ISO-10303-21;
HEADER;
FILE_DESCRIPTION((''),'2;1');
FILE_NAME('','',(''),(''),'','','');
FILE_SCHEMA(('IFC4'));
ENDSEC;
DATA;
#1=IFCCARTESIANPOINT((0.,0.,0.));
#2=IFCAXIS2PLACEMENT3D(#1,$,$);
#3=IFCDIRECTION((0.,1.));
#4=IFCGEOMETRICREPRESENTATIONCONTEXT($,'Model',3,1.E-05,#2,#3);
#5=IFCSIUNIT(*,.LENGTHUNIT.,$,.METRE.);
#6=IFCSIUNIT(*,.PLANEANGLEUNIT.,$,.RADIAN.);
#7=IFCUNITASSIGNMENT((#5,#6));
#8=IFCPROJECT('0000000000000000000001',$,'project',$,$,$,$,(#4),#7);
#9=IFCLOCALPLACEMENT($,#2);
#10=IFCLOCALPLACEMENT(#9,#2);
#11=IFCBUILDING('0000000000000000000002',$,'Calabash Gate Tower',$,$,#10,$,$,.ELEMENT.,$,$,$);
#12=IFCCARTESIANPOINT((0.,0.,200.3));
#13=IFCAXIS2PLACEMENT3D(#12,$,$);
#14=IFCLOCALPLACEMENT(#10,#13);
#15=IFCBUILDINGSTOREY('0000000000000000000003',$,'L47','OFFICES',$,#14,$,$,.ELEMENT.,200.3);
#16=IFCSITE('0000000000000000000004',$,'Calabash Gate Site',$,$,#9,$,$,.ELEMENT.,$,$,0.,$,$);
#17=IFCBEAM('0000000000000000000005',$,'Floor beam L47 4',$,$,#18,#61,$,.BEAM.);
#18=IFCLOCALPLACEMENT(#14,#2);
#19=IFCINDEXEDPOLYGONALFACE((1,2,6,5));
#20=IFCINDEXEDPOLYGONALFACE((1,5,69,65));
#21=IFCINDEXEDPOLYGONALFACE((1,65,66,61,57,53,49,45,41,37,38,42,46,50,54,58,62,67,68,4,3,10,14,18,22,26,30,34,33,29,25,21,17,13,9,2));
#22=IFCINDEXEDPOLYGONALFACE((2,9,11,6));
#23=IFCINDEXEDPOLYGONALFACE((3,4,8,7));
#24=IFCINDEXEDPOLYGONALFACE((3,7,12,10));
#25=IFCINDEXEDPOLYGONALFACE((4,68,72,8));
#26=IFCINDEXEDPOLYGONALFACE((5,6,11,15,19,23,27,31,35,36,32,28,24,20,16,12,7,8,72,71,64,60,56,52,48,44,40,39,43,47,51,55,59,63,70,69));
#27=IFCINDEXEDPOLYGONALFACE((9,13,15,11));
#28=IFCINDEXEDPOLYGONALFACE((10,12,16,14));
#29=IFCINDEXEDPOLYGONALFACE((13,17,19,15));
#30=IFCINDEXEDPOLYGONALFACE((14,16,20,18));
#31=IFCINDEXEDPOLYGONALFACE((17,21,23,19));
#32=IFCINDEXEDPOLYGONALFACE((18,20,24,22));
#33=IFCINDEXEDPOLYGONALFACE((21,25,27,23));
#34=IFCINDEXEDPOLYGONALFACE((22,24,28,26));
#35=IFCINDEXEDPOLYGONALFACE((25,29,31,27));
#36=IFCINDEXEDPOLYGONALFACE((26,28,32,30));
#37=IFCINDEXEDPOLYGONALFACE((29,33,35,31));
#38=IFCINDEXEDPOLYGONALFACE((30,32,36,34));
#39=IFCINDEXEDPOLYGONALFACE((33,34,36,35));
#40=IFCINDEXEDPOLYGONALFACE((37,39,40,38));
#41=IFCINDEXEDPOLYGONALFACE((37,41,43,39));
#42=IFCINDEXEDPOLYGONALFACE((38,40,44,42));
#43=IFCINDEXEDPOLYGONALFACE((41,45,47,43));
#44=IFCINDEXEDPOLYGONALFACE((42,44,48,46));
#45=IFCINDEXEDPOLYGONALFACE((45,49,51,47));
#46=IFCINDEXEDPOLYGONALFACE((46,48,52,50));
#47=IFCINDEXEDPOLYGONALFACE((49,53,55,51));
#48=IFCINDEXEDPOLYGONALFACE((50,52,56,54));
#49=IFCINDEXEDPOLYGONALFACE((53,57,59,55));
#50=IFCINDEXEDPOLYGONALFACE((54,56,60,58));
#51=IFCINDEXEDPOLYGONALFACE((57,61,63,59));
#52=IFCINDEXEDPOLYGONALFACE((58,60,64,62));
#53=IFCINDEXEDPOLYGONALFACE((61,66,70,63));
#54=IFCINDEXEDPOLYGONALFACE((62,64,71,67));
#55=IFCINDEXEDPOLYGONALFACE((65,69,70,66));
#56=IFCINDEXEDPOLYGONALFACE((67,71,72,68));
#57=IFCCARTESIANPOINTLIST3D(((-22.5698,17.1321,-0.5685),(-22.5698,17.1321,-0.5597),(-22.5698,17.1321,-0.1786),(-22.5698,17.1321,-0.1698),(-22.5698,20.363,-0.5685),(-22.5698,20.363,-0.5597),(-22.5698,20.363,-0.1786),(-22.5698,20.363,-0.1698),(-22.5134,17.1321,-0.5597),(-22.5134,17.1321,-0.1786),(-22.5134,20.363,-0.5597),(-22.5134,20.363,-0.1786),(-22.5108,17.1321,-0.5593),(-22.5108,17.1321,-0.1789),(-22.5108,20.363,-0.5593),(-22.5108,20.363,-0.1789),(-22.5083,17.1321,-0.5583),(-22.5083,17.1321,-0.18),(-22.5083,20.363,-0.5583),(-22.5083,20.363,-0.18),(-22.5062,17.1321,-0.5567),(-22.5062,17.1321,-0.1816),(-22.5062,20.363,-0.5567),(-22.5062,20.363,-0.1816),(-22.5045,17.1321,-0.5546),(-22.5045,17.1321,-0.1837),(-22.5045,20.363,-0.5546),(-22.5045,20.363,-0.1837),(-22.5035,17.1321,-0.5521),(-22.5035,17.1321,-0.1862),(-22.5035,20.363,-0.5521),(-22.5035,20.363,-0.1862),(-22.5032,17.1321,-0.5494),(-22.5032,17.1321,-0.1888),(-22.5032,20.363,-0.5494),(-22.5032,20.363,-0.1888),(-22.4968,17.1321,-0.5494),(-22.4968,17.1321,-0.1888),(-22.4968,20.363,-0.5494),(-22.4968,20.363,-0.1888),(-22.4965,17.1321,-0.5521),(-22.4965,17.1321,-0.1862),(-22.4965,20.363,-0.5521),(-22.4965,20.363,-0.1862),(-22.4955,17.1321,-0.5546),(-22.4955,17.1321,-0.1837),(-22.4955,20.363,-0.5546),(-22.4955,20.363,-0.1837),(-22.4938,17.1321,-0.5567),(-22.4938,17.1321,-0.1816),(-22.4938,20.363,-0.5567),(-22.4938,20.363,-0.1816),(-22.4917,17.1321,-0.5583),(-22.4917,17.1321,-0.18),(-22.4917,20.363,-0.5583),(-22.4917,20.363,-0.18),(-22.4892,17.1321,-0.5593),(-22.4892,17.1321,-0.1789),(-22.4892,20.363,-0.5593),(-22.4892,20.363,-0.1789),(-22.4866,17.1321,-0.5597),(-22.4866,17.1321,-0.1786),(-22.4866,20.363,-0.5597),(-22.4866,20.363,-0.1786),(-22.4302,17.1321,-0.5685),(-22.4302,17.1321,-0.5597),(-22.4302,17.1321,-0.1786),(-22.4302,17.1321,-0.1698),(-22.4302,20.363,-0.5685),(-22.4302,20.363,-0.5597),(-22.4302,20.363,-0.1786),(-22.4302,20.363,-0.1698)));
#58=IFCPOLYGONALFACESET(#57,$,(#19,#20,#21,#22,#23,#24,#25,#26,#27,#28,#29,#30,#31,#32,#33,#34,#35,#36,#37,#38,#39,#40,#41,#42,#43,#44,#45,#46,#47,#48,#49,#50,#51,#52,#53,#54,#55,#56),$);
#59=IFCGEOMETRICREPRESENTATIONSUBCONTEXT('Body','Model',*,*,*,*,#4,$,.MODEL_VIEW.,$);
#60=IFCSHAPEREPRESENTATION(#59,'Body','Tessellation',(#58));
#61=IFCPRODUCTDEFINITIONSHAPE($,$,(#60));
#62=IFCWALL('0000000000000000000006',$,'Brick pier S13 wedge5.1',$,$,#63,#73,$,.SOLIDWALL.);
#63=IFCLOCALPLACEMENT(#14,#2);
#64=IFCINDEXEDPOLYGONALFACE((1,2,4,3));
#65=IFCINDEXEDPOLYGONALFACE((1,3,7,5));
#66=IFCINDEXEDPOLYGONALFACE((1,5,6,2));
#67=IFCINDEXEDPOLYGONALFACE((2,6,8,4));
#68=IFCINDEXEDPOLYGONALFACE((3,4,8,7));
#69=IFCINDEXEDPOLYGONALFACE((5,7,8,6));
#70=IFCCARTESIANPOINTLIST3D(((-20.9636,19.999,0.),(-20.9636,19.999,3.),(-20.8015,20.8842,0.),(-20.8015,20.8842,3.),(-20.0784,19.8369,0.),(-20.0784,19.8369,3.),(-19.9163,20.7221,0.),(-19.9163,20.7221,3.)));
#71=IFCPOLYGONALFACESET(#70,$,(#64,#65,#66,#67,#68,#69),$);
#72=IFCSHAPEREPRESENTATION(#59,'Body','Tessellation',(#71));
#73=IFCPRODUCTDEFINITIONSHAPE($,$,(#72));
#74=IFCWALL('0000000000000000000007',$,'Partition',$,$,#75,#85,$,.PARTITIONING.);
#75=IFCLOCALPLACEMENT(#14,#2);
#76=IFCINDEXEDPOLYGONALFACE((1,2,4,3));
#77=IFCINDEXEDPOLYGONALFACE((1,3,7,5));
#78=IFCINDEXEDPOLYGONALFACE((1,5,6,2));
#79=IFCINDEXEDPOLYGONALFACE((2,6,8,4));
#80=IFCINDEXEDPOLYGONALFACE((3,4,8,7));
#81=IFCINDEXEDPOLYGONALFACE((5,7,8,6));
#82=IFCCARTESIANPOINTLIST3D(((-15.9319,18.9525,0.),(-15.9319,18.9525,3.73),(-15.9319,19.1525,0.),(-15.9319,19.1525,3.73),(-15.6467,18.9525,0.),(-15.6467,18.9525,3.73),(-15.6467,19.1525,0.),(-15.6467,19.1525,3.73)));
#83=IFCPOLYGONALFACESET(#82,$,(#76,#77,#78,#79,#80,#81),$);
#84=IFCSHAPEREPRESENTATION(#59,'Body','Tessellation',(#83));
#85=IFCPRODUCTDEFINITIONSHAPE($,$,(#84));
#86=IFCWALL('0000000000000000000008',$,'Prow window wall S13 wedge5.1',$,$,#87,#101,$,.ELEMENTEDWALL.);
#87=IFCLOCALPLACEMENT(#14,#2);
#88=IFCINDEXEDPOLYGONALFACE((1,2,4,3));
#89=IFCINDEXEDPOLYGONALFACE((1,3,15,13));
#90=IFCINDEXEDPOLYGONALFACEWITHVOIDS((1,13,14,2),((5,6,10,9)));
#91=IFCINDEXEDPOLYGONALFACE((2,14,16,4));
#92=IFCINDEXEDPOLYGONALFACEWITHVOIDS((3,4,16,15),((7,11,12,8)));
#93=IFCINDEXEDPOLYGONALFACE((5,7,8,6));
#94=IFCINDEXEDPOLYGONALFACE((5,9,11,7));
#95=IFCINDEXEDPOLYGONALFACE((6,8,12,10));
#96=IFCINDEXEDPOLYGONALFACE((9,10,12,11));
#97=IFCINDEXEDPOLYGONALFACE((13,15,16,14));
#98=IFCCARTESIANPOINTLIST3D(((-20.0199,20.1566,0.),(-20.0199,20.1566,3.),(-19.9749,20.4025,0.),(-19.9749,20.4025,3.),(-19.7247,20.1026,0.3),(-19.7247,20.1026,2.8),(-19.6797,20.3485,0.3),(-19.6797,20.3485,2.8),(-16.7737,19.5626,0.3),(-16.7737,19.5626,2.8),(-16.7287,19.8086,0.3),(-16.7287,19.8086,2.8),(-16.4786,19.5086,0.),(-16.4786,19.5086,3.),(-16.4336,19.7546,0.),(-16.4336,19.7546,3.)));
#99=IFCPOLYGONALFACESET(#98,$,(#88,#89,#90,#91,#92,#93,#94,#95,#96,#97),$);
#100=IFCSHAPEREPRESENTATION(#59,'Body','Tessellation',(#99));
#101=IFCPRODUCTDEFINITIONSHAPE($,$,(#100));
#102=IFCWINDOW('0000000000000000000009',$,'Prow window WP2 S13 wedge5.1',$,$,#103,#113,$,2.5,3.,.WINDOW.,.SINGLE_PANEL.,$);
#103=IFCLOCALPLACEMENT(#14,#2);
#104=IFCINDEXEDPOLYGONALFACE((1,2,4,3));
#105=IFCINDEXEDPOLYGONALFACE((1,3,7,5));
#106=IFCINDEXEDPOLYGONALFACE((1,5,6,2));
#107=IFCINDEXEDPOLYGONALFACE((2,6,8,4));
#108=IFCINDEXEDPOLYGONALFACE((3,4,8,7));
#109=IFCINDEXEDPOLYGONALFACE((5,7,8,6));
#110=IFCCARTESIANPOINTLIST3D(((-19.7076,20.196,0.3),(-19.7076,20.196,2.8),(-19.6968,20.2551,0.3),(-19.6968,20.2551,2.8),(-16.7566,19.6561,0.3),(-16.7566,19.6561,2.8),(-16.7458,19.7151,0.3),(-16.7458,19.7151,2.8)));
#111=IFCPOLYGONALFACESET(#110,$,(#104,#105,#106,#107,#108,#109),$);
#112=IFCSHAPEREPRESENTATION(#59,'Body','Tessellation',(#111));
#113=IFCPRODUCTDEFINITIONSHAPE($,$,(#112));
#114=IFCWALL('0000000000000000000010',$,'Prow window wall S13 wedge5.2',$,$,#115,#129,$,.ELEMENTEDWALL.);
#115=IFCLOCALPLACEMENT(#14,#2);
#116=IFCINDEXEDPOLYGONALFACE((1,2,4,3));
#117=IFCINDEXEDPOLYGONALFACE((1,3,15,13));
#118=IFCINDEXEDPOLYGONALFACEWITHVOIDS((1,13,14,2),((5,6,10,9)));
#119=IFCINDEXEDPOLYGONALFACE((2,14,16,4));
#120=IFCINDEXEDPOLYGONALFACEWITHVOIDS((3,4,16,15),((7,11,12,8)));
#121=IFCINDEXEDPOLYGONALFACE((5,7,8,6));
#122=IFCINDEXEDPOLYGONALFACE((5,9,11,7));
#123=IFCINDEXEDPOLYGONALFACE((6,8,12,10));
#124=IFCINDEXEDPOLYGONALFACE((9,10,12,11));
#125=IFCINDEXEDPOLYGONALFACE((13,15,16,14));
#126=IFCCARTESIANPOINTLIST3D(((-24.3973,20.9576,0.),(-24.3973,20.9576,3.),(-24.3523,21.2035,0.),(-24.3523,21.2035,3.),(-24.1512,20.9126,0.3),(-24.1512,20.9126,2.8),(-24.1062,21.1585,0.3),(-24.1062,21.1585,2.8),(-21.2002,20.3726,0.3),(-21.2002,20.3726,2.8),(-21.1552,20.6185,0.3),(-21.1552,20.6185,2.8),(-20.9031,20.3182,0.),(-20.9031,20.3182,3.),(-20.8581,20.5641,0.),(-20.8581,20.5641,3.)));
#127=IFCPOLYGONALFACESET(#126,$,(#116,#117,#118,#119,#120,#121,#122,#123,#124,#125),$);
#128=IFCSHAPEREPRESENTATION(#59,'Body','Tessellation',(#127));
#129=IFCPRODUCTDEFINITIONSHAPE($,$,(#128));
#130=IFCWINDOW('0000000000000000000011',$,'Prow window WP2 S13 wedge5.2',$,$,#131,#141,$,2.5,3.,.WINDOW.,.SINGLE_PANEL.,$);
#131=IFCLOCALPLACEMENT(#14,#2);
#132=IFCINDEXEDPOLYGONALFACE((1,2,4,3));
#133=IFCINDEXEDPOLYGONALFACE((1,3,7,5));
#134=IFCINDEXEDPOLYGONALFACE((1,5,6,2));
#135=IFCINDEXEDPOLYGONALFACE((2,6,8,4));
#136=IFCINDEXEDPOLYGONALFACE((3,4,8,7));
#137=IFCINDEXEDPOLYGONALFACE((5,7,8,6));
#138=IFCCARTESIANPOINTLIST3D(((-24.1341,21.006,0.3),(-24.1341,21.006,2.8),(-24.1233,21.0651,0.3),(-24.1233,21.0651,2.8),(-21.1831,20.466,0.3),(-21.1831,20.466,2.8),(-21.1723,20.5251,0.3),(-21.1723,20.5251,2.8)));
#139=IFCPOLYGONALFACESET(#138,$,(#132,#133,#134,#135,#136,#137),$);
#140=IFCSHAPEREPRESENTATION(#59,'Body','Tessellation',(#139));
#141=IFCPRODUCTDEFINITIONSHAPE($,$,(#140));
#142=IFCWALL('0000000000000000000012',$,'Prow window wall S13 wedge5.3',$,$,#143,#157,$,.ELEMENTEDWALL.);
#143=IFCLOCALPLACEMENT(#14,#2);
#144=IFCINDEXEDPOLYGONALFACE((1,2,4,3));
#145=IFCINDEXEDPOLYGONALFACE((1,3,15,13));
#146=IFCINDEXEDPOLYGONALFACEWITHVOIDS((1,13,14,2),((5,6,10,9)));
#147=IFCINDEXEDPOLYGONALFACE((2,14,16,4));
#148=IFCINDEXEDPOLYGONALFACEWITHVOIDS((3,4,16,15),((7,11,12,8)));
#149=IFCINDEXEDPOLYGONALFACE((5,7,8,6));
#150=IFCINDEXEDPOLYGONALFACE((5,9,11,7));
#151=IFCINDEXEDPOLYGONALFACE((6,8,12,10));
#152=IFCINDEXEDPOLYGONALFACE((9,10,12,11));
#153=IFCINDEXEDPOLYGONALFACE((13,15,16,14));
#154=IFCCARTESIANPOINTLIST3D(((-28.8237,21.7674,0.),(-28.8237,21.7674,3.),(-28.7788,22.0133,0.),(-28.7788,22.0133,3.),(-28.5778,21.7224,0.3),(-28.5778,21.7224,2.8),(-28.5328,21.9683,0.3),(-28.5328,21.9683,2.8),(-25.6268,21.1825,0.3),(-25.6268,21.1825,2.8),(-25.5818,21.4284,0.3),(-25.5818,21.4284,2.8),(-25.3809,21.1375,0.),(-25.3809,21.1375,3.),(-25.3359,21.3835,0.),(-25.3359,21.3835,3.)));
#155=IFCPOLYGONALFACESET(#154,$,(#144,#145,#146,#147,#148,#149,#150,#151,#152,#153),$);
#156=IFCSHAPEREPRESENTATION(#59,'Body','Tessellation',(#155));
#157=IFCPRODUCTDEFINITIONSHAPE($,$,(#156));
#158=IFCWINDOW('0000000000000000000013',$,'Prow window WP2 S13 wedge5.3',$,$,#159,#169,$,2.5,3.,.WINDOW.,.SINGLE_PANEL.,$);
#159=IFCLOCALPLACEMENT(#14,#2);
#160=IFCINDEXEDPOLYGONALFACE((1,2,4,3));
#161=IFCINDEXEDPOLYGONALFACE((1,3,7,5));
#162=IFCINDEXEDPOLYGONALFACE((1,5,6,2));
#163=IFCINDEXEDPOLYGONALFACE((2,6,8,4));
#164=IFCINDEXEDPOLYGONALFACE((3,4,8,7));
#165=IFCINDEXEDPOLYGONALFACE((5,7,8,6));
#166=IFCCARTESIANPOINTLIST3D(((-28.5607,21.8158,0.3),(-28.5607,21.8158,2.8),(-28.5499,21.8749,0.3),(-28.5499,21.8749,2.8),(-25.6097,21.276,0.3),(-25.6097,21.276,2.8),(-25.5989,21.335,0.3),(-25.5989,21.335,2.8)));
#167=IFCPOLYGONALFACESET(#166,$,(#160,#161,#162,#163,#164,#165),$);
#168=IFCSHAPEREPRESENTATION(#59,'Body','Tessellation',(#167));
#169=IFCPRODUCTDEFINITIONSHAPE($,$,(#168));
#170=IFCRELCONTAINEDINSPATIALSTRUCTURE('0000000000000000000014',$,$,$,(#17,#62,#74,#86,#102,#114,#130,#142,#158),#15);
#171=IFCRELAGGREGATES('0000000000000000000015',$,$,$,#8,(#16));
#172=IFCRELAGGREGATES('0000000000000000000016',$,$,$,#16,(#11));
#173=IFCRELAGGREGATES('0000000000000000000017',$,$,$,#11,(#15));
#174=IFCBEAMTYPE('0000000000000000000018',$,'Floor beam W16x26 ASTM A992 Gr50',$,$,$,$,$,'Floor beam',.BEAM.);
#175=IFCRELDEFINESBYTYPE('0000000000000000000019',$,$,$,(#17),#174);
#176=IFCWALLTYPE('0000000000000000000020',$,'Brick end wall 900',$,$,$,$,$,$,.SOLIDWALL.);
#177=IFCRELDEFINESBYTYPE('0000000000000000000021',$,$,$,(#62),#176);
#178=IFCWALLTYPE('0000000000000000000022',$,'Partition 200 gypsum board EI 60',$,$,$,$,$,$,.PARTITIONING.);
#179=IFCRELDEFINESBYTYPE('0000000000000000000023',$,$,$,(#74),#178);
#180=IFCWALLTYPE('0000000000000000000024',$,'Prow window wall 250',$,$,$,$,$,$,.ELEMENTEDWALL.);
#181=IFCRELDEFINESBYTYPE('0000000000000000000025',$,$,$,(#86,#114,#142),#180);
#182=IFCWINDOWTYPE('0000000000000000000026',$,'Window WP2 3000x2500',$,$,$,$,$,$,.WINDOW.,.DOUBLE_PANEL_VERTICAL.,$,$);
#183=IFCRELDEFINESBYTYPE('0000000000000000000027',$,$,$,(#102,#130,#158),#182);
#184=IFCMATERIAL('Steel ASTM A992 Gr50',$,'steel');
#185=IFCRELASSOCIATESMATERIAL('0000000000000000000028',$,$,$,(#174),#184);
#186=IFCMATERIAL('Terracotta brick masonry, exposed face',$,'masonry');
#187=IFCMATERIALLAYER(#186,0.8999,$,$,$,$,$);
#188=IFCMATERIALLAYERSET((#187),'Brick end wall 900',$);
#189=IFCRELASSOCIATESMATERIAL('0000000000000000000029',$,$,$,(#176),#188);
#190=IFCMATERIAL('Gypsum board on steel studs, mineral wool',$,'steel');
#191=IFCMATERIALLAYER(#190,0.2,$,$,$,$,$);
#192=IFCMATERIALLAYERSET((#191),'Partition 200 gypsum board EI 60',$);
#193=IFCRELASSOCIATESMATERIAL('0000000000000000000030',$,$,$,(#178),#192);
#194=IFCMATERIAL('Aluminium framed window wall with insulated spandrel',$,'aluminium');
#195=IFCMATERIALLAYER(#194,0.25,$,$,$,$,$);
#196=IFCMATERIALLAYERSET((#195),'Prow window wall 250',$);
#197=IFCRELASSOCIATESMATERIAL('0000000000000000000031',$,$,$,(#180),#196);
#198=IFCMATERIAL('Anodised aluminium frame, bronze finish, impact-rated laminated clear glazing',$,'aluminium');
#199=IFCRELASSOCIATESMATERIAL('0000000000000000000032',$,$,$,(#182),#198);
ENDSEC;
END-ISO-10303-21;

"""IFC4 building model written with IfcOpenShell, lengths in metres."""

from ifc_helpers import new_model, si_unit, direction, frame, frame_2d, origin, origin_2d, place, context, subcontext, project, spatial, rectangle, i_section, extrude, material, layer, layer_set, material_profile, profile_set, type_object, element, fill, save


model = new_model("IFC4")

# Units and contexts
model_context = context("Model", 3, precision=1e-05, world=origin(), true_north=direction((0.0, 1.0)))
body_context = subcontext(model_context, "Body", "Model", "MODEL_VIEW")
ifc_project = project(units=[si_unit("LENGTHUNIT", "METRE"), si_unit("PLANEANGLEUNIT", "RADIAN")], contexts=[model_context])

# Site, building, storey
site_placement = place(None, origin())
site = spatial("IfcSite", under=ifc_project, at=site_placement, Name="Calabash Gate Site", CompositionType="ELEMENT", RefElevation=0.0)
building_placement = place(site_placement, origin())
building = spatial("IfcBuilding", under=site, at=building_placement, Name="Calabash Gate Tower", CompositionType="ELEMENT")
storey_placement = place(building_placement, frame((0.0, 0.0, 200.3)))
storey = spatial("IfcBuildingStorey", under=building, at=storey_placement, Name="L47", Description="OFFICES", CompositionType="ELEMENT", Elevation=200.3)

# Beam
ifc_material_1 = material(Name="Steel ASTM A992 Gr50", Category="steel")
ifc_material_profile_1 = material_profile(ifc_material_1, i_section(OverallWidth=0.1396, OverallDepth=0.3987, WebThickness=0.0063, FlangeThickness=0.0088, FilletRadius=0.0103, at=origin_2d()))
ifc_profile_set_1 = profile_set([ifc_material_profile_1], Name="Steel ASTM A992 Gr50")
beam_type_1 = type_object("IfcBeamType", Name="Floor beam W16x26 ASTM A992 Gr50", ElementType="Floor beam", PredefinedType="BEAM", material=ifc_profile_set_1)
beam_1_placement = place(storey_placement, frame((-22.5, 17.1321, -0.3691), z_axis=(0.0, 1.0, 0.0), x_axis=(-1.0, 0.0, 0.0)))
element("IfcBeam", 1, at=beam_1_placement, inside=storey, type_object=beam_type_1, Name="Floor beam L47 4", PredefinedType="BEAM", context=body_context, shape_type="SweptSolid", body=[
    extrude(i_section(OverallWidth=0.1396, OverallDepth=0.3987, WebThickness=0.0063, FlangeThickness=0.0088, FilletRadius=0.0103, at=origin_2d()), origin(), (0.0, 0.0, 1.0), 3.231),
])

# Walls
ifc_material_2 = material(Name="Terracotta brick masonry, exposed face", Category="masonry")
ifc_layer_1 = layer(ifc_material_2, 0.8999)
ifc_layer_set_1 = layer_set([ifc_layer_1], Name="Brick end wall 900")
wall_type_1 = type_object("IfcWallType", Name="Brick end wall 900", PredefinedType="SOLIDWALL", material=ifc_layer_set_1)
wall_1_placement = place(storey_placement, frame((-20.521, 19.918, 0.0), z_axis=(0.0, 0.0, 1.0), x_axis=(0.180127, 0.983643, 0.0)))
element("IfcWall", 2, at=wall_1_placement, inside=storey, type_object=wall_type_1, Name="Brick pier S13 wedge5.1", PredefinedType="SOLIDWALL", context=body_context, shape_type="SweptSolid", body=[
    extrude(rectangle(XDim=0.8999, YDim=0.8999, at=frame_2d((0.45, 0.0))), origin(), (0.0, 0.0, 1.0), 3.0),
])
ifc_material_3 = material(Name="Gypsum board on steel studs, mineral wool", Category="steel")
ifc_layer_2 = layer(ifc_material_3, 0.2)
ifc_layer_set_2 = layer_set([ifc_layer_2], Name="Partition 200 gypsum board EI 60")
wall_type_2 = type_object("IfcWallType", Name="Partition 200 gypsum board EI 60", PredefinedType="PARTITIONING", material=ifc_layer_set_2)
wall_2_placement = place(storey_placement, frame((-15.9319, 19.0525, 0.0), z_axis=(0.0, 0.0, 1.0), x_axis=(1.0, 0.0, 0.0)))
element("IfcWall", 3, at=wall_2_placement, inside=storey, type_object=wall_type_2, Name="Partition", PredefinedType="PARTITIONING", context=body_context, shape_type="SweptSolid", body=[
    extrude(rectangle(XDim=0.2852, YDim=0.2, at=frame_2d((0.1426, 0.0))), origin(), (0.0, 0.0, 1.0), 3.73),
])

# Walls, openings, windows
ifc_material_4 = material(Name="Aluminium framed window wall with insulated spandrel", Category="aluminium")
ifc_layer_3 = layer(ifc_material_4, 0.25)
ifc_layer_set_3 = layer_set([ifc_layer_3], Name="Prow window wall 250")
wall_type_3 = type_object("IfcWallType", Name="Prow window wall 250", PredefinedType="ELEMENTEDWALL", material=ifc_layer_set_3)
wall_3_placement = place(storey_placement, frame((-16.4561, 19.6316, 0.0), z_axis=(0.0, 0.0, 1.0), x_axis=(-0.98367, 0.179983, 0.0)))
wall_3 = element("IfcWall", 4, at=wall_3_placement, inside=storey, type_object=wall_type_3, Name="Prow window wall S13 wedge5.1", PredefinedType="ELEMENTEDWALL", context=body_context, shape_type="SweptSolid", body=[
    extrude(rectangle(XDim=3.6001, YDim=0.25, at=frame_2d((1.8, 0.0))), origin(), (0.0, 0.0, 1.0), 3.0),
])
opening_1_placement = place(wall_3_placement, frame((0.3, 0.0, 0.3)))
opening_1 = element("IfcOpeningElement", 5, at=opening_1_placement, cuts=wall_3, PredefinedType="OPENING", context=body_context, shape_type="SweptSolid", body=[
    extrude(rectangle(XDim=3.0, YDim=2.5, at=frame_2d((1.5, 1.25))), frame((0.0, 0.135, 0.0), z_axis=(0.0, -1.0, 0.0), x_axis=(1.0, 0.0, 0.0)), (0.0, 0.0, 1.0), 0.27),
])
ifc_material_5 = material(Name="Anodised aluminium frame, bronze finish, impact-rated laminated clear glazing", Category="aluminium")
window_type = type_object("IfcWindowType", Name="Window WP2 3000x2500", PartitioningType="DOUBLE_PANEL_VERTICAL", PredefinedType="WINDOW", material=ifc_material_5)
window_1_placement = place(opening_1_placement, origin())
window_1 = element("IfcWindow", 6, at=window_1_placement, inside=storey, type_object=window_type, Name="Prow window WP2 S13 wedge5.1", OverallHeight=2.5, OverallWidth=3.0, PartitioningType="SINGLE_PANEL", PredefinedType="WINDOW", context=body_context, shape_type="SweptSolid", body=[
    extrude(rectangle(XDim=3.0, YDim=2.5, at=frame_2d((1.5, 1.25))), frame((0.0, 0.03, 0.0), z_axis=(0.0, -1.0, 0.0), x_axis=(1.0, 0.0, 0.0)), (0.0, 0.0, 1.0), 0.0601),
])
fill(opening_1, window_1)
wall_4_placement = place(storey_placement, frame((-20.8806, 20.4412, 0.0), z_axis=(0.0, 0.0, 1.0), x_axis=(-0.983666, 0.180004, 0.0)))
wall_4 = element("IfcWall", 7, at=wall_4_placement, inside=storey, type_object=wall_type_3, Name="Prow window wall S13 wedge5.2", PredefinedType="ELEMENTEDWALL", context=body_context, shape_type="SweptSolid", body=[
    extrude(rectangle(XDim=3.5522, YDim=0.25, at=frame_2d((1.7761, 0.0))), origin(), (0.0, 0.0, 1.0), 3.0),
])
opening_2_placement = place(wall_4_placement, frame((0.302, 0.0, 0.3)))
opening_2 = element("IfcOpeningElement", 8, at=opening_2_placement, cuts=wall_4, PredefinedType="OPENING", context=body_context, shape_type="SweptSolid", body=[
    extrude(rectangle(XDim=3.0, YDim=2.5, at=frame_2d((1.5, 1.25))), frame((0.0, 0.135, 0.0), z_axis=(0.0, -1.0, 0.0), x_axis=(1.0, 0.0, 0.0)), (0.0, 0.0, 1.0), 0.27),
])
window_2_placement = place(opening_2_placement, origin())
window_2 = element("IfcWindow", 9, at=window_2_placement, inside=storey, type_object=window_type, Name="Prow window WP2 S13 wedge5.2", OverallHeight=2.5, OverallWidth=3.0, PartitioningType="SINGLE_PANEL", PredefinedType="WINDOW", context=body_context, shape_type="SweptSolid", body=[
    extrude(rectangle(XDim=3.0, YDim=2.5, at=frame_2d((1.5, 1.25))), frame((0.0, 0.03, 0.0), z_axis=(0.0, -1.0, 0.0), x_axis=(1.0, 0.0, 0.0)), (0.0, 0.0, 1.0), 0.0601),
])
fill(opening_2, window_2)
wall_5_placement = place(storey_placement, frame((-25.3584, 21.2605, 0.0), z_axis=(0.0, 0.0, 1.0), x_axis=(-0.983673, 0.179966, 0.0)))
wall_5 = element("IfcWall", 10, at=wall_5_placement, inside=storey, type_object=wall_type_3, Name="Prow window wall S13 wedge5.3", PredefinedType="ELEMENTEDWALL", context=body_context, shape_type="SweptSolid", body=[
    extrude(rectangle(XDim=3.5, YDim=0.25, at=frame_2d((1.75, 0.0))), origin(), (0.0, 0.0, 1.0), 3.0),
])
opening_3_placement = place(wall_5_placement, frame((0.25, 0.0, 0.3)))
opening_3 = element("IfcOpeningElement", 11, at=opening_3_placement, cuts=wall_5, PredefinedType="OPENING", context=body_context, shape_type="SweptSolid", body=[
    extrude(rectangle(XDim=3.0, YDim=2.5, at=frame_2d((1.5, 1.25))), frame((0.0, 0.135, 0.0), z_axis=(0.0, -1.0, 0.0), x_axis=(1.0, 0.0, 0.0)), (0.0, 0.0, 1.0), 0.27),
])
window_3_placement = place(opening_3_placement, origin())
window_3 = element("IfcWindow", 12, at=window_3_placement, inside=storey, type_object=window_type, Name="Prow window WP2 S13 wedge5.3", OverallHeight=2.5, OverallWidth=3.0, PartitioningType="SINGLE_PANEL", PredefinedType="WINDOW", context=body_context, shape_type="SweptSolid", body=[
    extrude(rectangle(XDim=3.0, YDim=2.5, at=frame_2d((1.5, 1.25))), frame((0.0, 0.03, 0.0), z_axis=(0.0, -1.0, 0.0), x_axis=(1.0, 0.0, 0.0)), (0.0, 0.0, 1.0), 0.0601),
])
fill(opening_3, window_3)

save(model, "model.ifc")
